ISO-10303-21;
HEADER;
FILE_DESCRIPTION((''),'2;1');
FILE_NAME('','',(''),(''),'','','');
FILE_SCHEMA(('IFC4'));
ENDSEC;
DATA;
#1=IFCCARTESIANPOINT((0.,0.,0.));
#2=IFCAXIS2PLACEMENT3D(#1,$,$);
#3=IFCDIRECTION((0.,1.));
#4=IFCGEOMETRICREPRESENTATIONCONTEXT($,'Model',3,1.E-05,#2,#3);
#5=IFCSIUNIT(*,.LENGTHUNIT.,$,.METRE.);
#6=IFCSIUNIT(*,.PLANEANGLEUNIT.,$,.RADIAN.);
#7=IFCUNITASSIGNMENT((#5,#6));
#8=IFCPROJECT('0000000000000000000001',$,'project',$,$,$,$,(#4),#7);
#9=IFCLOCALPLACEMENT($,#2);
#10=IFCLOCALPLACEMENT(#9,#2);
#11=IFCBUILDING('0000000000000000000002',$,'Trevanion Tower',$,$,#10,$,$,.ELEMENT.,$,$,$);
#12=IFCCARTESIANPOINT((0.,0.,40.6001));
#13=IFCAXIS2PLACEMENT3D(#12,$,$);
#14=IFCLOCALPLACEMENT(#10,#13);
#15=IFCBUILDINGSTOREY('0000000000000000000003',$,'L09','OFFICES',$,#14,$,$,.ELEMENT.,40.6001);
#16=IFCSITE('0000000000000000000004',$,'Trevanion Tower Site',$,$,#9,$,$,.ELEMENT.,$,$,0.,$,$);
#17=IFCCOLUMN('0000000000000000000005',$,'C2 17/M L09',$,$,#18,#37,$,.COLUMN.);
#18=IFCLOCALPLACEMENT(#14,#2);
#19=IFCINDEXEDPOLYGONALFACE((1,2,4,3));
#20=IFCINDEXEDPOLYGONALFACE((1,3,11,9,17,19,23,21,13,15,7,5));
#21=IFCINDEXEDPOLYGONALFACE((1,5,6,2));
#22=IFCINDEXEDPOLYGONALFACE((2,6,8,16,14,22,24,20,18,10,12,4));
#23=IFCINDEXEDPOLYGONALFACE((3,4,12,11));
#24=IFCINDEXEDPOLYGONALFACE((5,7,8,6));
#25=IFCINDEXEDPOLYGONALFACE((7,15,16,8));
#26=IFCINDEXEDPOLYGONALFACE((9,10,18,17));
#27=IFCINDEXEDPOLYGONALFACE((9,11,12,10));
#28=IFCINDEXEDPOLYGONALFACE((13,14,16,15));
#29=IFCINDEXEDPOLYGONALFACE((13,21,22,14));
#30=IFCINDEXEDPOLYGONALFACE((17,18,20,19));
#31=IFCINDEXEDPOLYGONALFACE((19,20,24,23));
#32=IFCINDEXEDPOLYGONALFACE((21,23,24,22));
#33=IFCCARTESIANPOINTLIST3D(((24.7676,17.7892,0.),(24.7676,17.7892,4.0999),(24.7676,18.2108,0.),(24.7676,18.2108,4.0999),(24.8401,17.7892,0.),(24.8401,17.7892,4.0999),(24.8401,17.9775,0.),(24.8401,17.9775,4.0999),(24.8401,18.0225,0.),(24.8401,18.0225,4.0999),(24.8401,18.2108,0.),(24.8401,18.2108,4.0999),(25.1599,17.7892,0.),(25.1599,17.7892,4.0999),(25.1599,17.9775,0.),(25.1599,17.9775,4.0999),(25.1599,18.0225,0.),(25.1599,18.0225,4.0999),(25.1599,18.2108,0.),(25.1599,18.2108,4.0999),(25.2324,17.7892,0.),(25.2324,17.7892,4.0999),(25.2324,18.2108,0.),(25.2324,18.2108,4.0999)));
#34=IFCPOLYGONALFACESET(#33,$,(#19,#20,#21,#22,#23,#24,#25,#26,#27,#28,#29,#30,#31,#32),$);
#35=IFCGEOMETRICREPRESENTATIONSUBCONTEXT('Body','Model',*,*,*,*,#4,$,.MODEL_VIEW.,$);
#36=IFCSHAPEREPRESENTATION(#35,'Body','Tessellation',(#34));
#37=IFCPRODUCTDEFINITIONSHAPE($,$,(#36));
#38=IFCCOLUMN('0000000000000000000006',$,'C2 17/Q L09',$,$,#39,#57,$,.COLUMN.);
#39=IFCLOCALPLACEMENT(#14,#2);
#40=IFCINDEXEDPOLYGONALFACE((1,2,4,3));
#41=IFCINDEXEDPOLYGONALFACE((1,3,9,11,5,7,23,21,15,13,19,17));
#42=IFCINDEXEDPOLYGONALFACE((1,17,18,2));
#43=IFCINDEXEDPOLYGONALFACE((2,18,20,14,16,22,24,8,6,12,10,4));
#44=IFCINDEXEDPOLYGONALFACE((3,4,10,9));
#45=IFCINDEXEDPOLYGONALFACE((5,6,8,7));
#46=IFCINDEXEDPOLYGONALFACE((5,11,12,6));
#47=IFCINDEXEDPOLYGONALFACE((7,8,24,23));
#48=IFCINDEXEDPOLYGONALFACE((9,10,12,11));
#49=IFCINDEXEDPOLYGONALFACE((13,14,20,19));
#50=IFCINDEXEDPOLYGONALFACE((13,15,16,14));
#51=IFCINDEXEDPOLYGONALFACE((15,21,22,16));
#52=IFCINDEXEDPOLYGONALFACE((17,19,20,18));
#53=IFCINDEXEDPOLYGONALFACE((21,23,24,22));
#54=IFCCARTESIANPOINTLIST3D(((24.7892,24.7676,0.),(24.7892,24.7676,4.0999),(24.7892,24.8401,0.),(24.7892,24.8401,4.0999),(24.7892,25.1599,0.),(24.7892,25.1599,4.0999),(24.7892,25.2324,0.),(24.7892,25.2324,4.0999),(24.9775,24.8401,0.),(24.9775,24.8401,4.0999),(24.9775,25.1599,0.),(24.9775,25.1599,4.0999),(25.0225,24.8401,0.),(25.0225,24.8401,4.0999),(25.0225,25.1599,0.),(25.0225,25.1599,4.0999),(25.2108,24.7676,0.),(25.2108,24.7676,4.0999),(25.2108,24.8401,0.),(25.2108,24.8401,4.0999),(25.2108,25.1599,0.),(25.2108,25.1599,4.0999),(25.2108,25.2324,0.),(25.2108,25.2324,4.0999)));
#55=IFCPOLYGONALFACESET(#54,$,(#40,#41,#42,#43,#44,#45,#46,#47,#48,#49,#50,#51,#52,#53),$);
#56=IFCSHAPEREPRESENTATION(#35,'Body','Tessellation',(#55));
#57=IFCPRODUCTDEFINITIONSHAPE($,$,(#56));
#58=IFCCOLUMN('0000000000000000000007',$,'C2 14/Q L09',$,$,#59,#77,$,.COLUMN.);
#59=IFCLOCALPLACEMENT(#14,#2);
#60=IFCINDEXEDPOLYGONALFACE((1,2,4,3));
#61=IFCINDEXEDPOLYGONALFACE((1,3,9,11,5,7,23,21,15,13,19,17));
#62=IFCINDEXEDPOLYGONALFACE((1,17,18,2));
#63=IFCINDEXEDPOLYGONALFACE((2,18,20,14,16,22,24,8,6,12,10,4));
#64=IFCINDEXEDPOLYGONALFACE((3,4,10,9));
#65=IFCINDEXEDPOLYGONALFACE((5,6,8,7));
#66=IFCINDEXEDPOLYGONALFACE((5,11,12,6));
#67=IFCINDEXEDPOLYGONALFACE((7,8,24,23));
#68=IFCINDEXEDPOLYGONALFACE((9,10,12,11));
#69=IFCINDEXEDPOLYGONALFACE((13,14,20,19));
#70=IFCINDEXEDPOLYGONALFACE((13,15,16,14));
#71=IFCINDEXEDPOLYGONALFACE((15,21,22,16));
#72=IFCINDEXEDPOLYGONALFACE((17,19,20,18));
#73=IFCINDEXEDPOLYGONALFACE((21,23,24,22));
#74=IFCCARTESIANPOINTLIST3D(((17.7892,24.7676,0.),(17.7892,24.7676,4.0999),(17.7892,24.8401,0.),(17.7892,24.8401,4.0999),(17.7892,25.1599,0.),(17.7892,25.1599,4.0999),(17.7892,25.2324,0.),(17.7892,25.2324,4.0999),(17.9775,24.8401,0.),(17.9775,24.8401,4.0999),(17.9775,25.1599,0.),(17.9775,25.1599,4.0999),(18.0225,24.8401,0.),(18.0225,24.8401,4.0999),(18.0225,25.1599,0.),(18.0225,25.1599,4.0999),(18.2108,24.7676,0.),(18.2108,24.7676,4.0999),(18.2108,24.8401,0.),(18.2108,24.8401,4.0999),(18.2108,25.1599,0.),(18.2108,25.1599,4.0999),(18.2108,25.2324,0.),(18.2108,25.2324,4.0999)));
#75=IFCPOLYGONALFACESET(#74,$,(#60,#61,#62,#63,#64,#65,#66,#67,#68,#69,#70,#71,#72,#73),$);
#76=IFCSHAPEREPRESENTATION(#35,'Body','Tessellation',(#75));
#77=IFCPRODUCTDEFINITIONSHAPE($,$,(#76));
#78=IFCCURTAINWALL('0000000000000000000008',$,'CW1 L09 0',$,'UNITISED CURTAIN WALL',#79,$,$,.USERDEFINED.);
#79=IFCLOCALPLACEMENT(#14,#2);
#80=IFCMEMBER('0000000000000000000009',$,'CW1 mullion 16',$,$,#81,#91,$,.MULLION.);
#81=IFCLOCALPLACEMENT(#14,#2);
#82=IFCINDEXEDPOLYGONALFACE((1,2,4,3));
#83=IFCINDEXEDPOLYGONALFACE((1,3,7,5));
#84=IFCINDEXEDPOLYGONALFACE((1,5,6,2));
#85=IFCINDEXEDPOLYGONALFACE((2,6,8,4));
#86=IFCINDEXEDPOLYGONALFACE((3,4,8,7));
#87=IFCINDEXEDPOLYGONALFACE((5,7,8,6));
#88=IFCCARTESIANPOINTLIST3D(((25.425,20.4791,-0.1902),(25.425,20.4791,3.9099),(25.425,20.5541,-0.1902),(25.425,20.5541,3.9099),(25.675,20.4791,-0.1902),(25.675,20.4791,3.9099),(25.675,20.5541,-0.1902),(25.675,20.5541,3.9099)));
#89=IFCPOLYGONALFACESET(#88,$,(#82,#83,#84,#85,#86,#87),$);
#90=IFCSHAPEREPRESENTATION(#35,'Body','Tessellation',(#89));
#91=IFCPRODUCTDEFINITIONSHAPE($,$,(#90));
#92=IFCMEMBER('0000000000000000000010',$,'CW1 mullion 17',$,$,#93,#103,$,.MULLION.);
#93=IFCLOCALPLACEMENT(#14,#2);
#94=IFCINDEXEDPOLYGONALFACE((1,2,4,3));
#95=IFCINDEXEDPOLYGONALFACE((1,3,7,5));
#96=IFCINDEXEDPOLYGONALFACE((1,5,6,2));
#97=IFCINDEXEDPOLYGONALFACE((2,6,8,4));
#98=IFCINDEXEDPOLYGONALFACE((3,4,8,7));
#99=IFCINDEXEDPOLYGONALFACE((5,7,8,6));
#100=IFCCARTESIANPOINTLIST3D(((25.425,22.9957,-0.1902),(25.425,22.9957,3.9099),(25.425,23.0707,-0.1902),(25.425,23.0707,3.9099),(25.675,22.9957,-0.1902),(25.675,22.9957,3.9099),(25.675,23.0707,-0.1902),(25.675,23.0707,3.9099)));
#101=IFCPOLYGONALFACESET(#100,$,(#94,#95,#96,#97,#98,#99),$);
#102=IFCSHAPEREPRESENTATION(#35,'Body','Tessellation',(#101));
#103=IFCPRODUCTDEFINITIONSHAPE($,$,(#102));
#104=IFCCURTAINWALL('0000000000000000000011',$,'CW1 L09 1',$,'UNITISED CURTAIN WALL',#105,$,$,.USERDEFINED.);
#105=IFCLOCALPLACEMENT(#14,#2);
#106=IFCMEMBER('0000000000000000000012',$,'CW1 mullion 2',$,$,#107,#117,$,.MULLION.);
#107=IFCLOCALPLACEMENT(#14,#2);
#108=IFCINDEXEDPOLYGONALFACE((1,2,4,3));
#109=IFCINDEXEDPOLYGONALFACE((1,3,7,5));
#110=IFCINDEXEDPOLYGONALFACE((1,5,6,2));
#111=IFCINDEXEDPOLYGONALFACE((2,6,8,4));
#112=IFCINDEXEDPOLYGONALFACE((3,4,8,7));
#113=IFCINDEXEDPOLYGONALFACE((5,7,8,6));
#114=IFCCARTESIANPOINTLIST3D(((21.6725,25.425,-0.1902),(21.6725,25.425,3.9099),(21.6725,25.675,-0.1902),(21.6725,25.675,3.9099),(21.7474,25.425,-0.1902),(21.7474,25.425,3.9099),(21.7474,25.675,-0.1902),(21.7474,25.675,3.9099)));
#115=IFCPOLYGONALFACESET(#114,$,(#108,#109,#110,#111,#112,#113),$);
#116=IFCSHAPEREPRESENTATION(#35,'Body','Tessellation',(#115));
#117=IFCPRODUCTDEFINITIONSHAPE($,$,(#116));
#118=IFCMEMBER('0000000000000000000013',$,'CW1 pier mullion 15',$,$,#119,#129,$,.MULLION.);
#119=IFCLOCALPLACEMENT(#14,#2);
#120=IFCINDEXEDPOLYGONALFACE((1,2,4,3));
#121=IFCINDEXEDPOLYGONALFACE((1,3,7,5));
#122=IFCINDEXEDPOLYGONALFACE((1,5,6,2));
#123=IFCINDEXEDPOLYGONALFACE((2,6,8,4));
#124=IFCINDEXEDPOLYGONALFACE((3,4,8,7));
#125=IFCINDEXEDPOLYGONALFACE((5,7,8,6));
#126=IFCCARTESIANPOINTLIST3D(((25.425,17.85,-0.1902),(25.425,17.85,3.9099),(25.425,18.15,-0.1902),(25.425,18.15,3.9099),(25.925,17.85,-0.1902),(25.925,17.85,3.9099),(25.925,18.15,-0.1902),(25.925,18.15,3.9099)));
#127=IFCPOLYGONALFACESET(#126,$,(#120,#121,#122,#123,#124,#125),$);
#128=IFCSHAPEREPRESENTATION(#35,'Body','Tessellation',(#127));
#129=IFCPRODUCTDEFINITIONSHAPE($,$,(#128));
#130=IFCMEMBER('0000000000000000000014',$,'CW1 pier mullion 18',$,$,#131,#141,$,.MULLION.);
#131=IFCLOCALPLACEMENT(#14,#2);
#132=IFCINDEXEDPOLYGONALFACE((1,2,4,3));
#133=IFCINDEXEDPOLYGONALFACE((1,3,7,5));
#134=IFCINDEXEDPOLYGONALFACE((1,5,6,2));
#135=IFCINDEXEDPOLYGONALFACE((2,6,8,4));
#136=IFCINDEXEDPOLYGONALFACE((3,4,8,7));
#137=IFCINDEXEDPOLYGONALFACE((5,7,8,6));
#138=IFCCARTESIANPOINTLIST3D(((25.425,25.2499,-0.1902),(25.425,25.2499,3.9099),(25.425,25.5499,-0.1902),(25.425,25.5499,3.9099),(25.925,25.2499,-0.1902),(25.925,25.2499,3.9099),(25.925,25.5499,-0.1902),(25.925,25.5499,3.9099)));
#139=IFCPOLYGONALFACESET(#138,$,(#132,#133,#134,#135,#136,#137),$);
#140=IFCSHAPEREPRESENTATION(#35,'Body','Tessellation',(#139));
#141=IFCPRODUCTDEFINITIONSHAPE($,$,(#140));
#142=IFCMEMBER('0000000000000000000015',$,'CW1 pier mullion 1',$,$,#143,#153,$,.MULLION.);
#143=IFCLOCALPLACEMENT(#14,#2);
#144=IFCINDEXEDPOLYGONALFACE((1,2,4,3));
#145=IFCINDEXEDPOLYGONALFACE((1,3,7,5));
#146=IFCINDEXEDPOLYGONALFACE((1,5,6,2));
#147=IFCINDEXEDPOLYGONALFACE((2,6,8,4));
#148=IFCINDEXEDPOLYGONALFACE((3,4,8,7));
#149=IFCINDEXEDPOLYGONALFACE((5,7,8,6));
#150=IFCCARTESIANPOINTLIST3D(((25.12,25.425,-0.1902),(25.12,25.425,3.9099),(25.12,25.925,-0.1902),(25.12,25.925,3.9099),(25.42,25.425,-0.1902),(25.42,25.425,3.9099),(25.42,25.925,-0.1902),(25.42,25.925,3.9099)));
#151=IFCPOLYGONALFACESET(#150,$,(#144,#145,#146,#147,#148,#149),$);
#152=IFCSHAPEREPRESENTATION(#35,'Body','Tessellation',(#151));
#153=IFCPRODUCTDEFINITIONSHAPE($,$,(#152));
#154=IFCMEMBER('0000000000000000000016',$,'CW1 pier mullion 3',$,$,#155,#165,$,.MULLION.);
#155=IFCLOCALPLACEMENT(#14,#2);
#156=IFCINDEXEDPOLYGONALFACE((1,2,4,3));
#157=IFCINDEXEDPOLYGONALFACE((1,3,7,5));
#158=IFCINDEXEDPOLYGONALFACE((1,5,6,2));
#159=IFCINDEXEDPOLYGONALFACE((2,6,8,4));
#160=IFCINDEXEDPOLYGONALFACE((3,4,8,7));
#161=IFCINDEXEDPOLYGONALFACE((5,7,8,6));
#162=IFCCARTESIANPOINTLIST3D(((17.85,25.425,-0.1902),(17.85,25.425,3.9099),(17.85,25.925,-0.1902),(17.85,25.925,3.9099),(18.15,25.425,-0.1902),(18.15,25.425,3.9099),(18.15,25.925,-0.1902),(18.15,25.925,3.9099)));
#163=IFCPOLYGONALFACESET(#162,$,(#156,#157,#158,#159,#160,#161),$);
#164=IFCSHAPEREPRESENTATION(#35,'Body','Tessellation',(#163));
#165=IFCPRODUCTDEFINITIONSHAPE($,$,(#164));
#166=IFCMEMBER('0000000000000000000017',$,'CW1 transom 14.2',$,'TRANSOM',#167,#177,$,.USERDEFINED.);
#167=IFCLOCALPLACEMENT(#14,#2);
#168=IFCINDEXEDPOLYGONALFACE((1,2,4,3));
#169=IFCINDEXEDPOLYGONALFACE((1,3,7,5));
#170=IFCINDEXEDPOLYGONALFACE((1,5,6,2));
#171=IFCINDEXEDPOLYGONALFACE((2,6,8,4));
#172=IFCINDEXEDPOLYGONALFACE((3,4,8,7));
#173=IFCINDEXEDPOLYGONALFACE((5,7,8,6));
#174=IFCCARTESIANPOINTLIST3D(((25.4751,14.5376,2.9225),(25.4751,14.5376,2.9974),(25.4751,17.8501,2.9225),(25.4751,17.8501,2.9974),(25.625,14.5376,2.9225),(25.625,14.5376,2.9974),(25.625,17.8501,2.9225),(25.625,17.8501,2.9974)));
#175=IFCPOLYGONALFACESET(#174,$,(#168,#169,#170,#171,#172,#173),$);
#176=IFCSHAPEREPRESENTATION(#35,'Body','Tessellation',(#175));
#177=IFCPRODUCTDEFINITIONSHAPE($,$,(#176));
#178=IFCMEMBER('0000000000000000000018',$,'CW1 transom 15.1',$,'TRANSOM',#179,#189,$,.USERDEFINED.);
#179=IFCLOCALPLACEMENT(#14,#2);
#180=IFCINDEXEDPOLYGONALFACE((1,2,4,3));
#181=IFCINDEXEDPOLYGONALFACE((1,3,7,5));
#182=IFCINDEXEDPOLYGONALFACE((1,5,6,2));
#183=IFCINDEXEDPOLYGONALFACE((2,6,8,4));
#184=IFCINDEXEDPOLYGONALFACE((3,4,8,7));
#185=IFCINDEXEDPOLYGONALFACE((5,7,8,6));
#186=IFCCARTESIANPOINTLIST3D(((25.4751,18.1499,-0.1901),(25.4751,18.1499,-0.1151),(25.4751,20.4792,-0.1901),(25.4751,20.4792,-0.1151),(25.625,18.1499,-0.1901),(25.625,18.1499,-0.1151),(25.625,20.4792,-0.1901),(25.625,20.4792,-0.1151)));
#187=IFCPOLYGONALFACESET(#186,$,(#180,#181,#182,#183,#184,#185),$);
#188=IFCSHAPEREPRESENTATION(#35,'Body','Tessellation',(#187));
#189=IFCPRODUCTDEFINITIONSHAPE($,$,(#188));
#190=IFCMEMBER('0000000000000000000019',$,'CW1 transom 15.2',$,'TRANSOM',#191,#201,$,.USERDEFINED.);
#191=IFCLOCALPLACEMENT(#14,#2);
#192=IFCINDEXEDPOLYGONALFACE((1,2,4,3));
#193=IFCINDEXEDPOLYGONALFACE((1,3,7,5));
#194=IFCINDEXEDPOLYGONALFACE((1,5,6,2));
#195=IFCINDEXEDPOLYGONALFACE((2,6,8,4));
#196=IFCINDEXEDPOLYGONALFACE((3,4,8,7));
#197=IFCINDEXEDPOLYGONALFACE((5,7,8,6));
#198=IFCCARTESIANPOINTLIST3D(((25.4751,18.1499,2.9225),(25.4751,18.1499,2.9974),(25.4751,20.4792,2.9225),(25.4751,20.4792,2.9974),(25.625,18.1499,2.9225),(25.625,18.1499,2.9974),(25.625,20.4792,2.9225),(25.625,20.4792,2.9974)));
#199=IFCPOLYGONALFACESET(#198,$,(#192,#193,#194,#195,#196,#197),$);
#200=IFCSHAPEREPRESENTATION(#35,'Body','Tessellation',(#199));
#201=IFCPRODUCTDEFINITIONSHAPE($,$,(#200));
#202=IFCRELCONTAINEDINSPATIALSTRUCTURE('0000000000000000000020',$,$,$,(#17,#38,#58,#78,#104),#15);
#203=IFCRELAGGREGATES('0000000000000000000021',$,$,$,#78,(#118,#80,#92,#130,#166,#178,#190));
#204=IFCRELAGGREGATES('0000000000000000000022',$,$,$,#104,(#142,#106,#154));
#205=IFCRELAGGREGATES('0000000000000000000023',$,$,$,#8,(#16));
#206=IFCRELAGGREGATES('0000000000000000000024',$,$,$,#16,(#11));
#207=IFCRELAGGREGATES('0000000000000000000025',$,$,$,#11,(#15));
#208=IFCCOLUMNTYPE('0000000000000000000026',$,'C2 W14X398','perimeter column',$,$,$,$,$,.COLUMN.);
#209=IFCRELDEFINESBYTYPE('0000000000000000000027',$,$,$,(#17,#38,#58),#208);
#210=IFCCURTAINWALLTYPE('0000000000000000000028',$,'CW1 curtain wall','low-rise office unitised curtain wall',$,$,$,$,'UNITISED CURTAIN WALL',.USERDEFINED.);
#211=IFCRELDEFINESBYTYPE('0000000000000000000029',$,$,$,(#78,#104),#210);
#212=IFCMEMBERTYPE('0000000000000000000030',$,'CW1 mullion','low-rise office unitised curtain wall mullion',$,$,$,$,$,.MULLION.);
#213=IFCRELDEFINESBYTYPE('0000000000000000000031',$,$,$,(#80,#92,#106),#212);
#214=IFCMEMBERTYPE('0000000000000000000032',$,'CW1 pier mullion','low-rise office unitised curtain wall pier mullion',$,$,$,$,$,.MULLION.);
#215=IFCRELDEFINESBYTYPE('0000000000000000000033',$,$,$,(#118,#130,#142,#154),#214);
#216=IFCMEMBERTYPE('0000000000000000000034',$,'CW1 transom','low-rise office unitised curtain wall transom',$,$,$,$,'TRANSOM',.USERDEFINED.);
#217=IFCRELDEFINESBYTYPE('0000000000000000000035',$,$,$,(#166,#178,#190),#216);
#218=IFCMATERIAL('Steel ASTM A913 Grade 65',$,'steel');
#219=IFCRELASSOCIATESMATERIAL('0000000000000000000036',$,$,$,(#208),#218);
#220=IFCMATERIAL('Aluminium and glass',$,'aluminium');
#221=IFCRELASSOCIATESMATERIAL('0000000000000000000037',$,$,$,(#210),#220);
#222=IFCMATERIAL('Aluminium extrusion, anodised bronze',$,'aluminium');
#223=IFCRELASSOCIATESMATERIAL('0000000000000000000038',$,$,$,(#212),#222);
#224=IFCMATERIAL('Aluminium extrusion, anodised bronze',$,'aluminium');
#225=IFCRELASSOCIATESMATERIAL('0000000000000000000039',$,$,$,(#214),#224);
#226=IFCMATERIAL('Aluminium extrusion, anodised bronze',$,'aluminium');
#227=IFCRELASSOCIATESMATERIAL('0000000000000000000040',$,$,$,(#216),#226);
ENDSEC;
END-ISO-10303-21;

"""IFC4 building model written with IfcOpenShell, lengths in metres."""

from ifc_helpers import new_model, si_unit, direction, frame, origin, origin_2d, place, context, subcontext, project, spatial, rectangle, i_section, extrude, material, material_profile, profile_set, type_object, element, aggregate, save


model = new_model("IFC4")

# Units and contexts
model_context = context("Model", 3, precision=1e-05, world=origin(), true_north=direction((0.0, 1.0)))
body_context = subcontext(model_context, "Body", "Model", "MODEL_VIEW")
ifc_project = project(units=[si_unit("LENGTHUNIT", "METRE"), si_unit("PLANEANGLEUNIT", "RADIAN")], contexts=[model_context])

# Site, building, storey
site_placement = place(None, origin())
site = spatial("IfcSite", under=ifc_project, at=site_placement, Name="Trevanion Tower Site", CompositionType="ELEMENT", RefElevation=0.0)
building_placement = place(site_placement, origin())
building = spatial("IfcBuilding", under=site, at=building_placement, Name="Trevanion Tower", CompositionType="ELEMENT")
storey_placement = place(building_placement, frame((0.0, 0.0, 40.6001)))
storey = spatial("IfcBuildingStorey", under=building, at=storey_placement, Name="L09", Description="OFFICES", CompositionType="ELEMENT", Elevation=40.6001)

# Columns
ifc_material_1 = material(Name="Steel ASTM A913 Grade 65", Category="steel")
ifc_material_profile_1 = material_profile(ifc_material_1, i_section(OverallWidth=0.4216, OverallDepth=0.4648, WebThickness=0.0449, FlangeThickness=0.0725, at=origin_2d()), Name="W14X398")
ifc_profile_set_1 = profile_set([ifc_material_profile_1], Name="Steel ASTM A913 Grade 65")
column_type = type_object("IfcColumnType", Name="C2 W14X398", Description="perimeter column", PredefinedType="COLUMN", material=ifc_profile_set_1)
for number, where, z_axis, x_axis, name in (
    (1, (25.0, 18.0, 0.0), (0.0, 0.0, 1.0), (0.0, 1.0, 0.0), "C2 17/M L09"),
    (2, (25.0, 25.0, 0.0), (0.0, 0.0, 1.0), (1.0, 0.0, 0.0), "C2 17/Q L09"),
    (3, (18.0, 25.0, 0.0), (0.0, 0.0, 1.0), (1.0, 0.0, 0.0), "C2 14/Q L09"),
):
    element("IfcColumn", number, at=place(storey_placement, frame(where, z_axis=z_axis, x_axis=x_axis)), inside=storey, type_object=column_type, Name=name, PredefinedType="COLUMN", context=body_context, shape_type="SweptSolid", body=[
        extrude(i_section(OverallWidth=0.4216, OverallDepth=0.4648, WebThickness=0.0449, FlangeThickness=0.0725, at=origin_2d()), origin(), (0.0, 0.0, 1.0), 4.0999),
    ])

# Curtain wall, members
ifc_material_2 = material(Name="Aluminium and glass", Category="aluminium")
curtain_wall_type = type_object("IfcCurtainWallType", Name="CW1 curtain wall", Description="low-rise office unitised curtain wall", ElementType="UNITISED CURTAIN WALL", PredefinedType="USERDEFINED", material=ifc_material_2)
curtain_wall_1_placement = place(storey_placement, origin())
curtain_wall_1 = element("IfcCurtainWall", 4, at=curtain_wall_1_placement, inside=storey, type_object=curtain_wall_type, Name="CW1 L09 0", ObjectType="UNITISED CURTAIN WALL", PredefinedType="USERDEFINED")
ifc_material_3 = material(Name="Aluminium extrusion, anodised bronze", Category="aluminium")
ifc_material_profile_2 = material_profile(ifc_material_3, rectangle(XDim=0.075, YDim=0.25, at=origin_2d()), Name="CW1 mullion")
ifc_profile_set_2 = profile_set([ifc_material_profile_2], Name="Aluminium extrusion, anodised bronze")
member_type_1 = type_object("IfcMemberType", Name="CW1 mullion", Description="low-rise office unitised curtain wall mullion", PredefinedType="MULLION", material=ifc_profile_set_2)
member_1_placement = place(storey_placement, frame((25.55, 20.5166, -0.1902), z_axis=(0.0, 0.0, 1.0), x_axis=(0.0, 1.0, 0.0)))
member_1 = element("IfcMember", 5, at=member_1_placement, type_object=member_type_1, Name="CW1 mullion 16", PredefinedType="MULLION", context=body_context, shape_type="SweptSolid", body=[
    extrude(rectangle(XDim=0.075, YDim=0.25, at=origin_2d()), origin(), (0.0, 0.0, 1.0), 4.1001),
])
member_2_placement = place(storey_placement, frame((25.55, 23.0332, -0.1902), z_axis=(0.0, 0.0, 1.0), x_axis=(0.0, 1.0, 0.0)))
member_2 = element("IfcMember", 6, at=member_2_placement, type_object=member_type_1, Name="CW1 mullion 17", PredefinedType="MULLION", context=body_context, shape_type="SweptSolid", body=[
    extrude(rectangle(XDim=0.075, YDim=0.25, at=origin_2d()), origin(), (0.0, 0.0, 1.0), 4.1001),
])

# Curtain wall, member
curtain_wall_2_placement = place(storey_placement, origin())
curtain_wall_2 = element("IfcCurtainWall", 7, at=curtain_wall_2_placement, inside=storey, type_object=curtain_wall_type, Name="CW1 L09 1", ObjectType="UNITISED CURTAIN WALL", PredefinedType="USERDEFINED")
member_3_placement = place(storey_placement, frame((21.71, 25.55, -0.1902), z_axis=(0.0, 0.0, 1.0), x_axis=(-1.0, 0.0, 0.0)))
member_3 = element("IfcMember", 8, at=member_3_placement, type_object=member_type_1, Name="CW1 mullion 2", PredefinedType="MULLION", context=body_context, shape_type="SweptSolid", body=[
    extrude(rectangle(XDim=0.075, YDim=0.25, at=origin_2d()), origin(), (0.0, 0.0, 1.0), 4.1001),
])

# Members
ifc_material_4 = material(Name="Aluminium extrusion, anodised bronze", Category="aluminium")
ifc_material_profile_3 = material_profile(ifc_material_4, rectangle(XDim=0.3, YDim=0.5, at=origin_2d()), Name="CW1 pier mullion")
ifc_profile_set_3 = profile_set([ifc_material_profile_3], Name="Aluminium extrusion, anodised bronze")
member_type_2 = type_object("IfcMemberType", Name="CW1 pier mullion", Description="low-rise office unitised curtain wall pier mullion", PredefinedType="MULLION", material=ifc_profile_set_3)
member_4_placement = place(storey_placement, frame((25.675, 18.0, -0.1902), z_axis=(0.0, 0.0, 1.0), x_axis=(0.0, 1.0, 0.0)))
member_4 = element("IfcMember", 9, at=member_4_placement, type_object=member_type_2, Name="CW1 pier mullion 15", PredefinedType="MULLION", context=body_context, shape_type="SweptSolid", body=[
    extrude(rectangle(XDim=0.3, YDim=0.5, at=origin_2d()), origin(), (0.0, 0.0, 1.0), 4.1001),
])
member_5_placement = place(storey_placement, frame((25.675, 25.3999, -0.1902), z_axis=(0.0, 0.0, 1.0), x_axis=(0.0, 1.0, 0.0)))
member_5 = element("IfcMember", 10, at=member_5_placement, type_object=member_type_2, Name="CW1 pier mullion 18", PredefinedType="MULLION", context=body_context, shape_type="SweptSolid", body=[
    extrude(rectangle(XDim=0.3, YDim=0.5, at=origin_2d()), origin(), (0.0, 0.0, 1.0), 4.1001),
])
member_6_placement = place(storey_placement, frame((25.27, 25.675, -0.1902), z_axis=(0.0, 0.0, 1.0), x_axis=(-1.0, 0.0, 0.0)))
member_6 = element("IfcMember", 11, at=member_6_placement, type_object=member_type_2, Name="CW1 pier mullion 1", PredefinedType="MULLION", context=body_context, shape_type="SweptSolid", body=[
    extrude(rectangle(XDim=0.3, YDim=0.5, at=origin_2d()), origin(), (0.0, 0.0, 1.0), 4.1001),
])
member_7_placement = place(storey_placement, frame((18.0, 25.675, -0.1902), z_axis=(0.0, 0.0, 1.0), x_axis=(-1.0, 0.0, 0.0)))
member_7 = element("IfcMember", 12, at=member_7_placement, type_object=member_type_2, Name="CW1 pier mullion 3", PredefinedType="MULLION", context=body_context, shape_type="SweptSolid", body=[
    extrude(rectangle(XDim=0.3, YDim=0.5, at=origin_2d()), origin(), (0.0, 0.0, 1.0), 4.1001),
])
ifc_material_5 = material(Name="Aluminium extrusion, anodised bronze", Category="aluminium")
ifc_material_profile_4 = material_profile(ifc_material_5, rectangle(XDim=0.1499, YDim=0.075, at=origin_2d()), Name="CW1 transom")
ifc_profile_set_4 = profile_set([ifc_material_profile_4], Name="Aluminium extrusion, anodised bronze")
member_type_3 = type_object("IfcMemberType", Name="CW1 transom", Description="low-rise office unitised curtain wall transom", ElementType="TRANSOM", PredefinedType="USERDEFINED", material=ifc_profile_set_4)
member_8_placement = place(storey_placement, frame((25.55, 14.5376, 2.96), z_axis=(0.0, 1.0, 0.0), x_axis=(-1.0, 0.0, 0.0)))
member_8 = element("IfcMember", 13, at=member_8_placement, type_object=member_type_3, Name="CW1 transom 14.2", ObjectType="TRANSOM", PredefinedType="USERDEFINED", context=body_context, shape_type="SweptSolid", body=[
    extrude(rectangle(XDim=0.1499, YDim=0.075, at=origin_2d()), origin(), (0.0, 0.0, 1.0), 3.3125),
])
member_9_placement = place(storey_placement, frame((25.55, 18.1499, -0.1526), z_axis=(0.0, 1.0, 0.0), x_axis=(-1.0, 0.0, 0.0)))
member_9 = element("IfcMember", 14, at=member_9_placement, type_object=member_type_3, Name="CW1 transom 15.1", ObjectType="TRANSOM", PredefinedType="USERDEFINED", context=body_context, shape_type="SweptSolid", body=[
    extrude(rectangle(XDim=0.1499, YDim=0.075, at=origin_2d()), origin(), (0.0, 0.0, 1.0), 2.3293),
])
member_10_placement = place(storey_placement, frame((25.55, 18.1499, 2.96), z_axis=(0.0, 1.0, 0.0), x_axis=(-1.0, 0.0, 0.0)))
member_10 = element("IfcMember", 15, at=member_10_placement, type_object=member_type_3, Name="CW1 transom 15.2", ObjectType="TRANSOM", PredefinedType="USERDEFINED", context=body_context, shape_type="SweptSolid", body=[
    extrude(rectangle(XDim=0.1499, YDim=0.075, at=origin_2d()), origin(), (0.0, 0.0, 1.0), 2.3293),
])

aggregate(curtain_wall_1, [member_4, member_1, member_2, member_5, member_8, member_9, member_10])
aggregate(curtain_wall_2, [member_6, member_3, member_7])

save(model, "model.ifc")
